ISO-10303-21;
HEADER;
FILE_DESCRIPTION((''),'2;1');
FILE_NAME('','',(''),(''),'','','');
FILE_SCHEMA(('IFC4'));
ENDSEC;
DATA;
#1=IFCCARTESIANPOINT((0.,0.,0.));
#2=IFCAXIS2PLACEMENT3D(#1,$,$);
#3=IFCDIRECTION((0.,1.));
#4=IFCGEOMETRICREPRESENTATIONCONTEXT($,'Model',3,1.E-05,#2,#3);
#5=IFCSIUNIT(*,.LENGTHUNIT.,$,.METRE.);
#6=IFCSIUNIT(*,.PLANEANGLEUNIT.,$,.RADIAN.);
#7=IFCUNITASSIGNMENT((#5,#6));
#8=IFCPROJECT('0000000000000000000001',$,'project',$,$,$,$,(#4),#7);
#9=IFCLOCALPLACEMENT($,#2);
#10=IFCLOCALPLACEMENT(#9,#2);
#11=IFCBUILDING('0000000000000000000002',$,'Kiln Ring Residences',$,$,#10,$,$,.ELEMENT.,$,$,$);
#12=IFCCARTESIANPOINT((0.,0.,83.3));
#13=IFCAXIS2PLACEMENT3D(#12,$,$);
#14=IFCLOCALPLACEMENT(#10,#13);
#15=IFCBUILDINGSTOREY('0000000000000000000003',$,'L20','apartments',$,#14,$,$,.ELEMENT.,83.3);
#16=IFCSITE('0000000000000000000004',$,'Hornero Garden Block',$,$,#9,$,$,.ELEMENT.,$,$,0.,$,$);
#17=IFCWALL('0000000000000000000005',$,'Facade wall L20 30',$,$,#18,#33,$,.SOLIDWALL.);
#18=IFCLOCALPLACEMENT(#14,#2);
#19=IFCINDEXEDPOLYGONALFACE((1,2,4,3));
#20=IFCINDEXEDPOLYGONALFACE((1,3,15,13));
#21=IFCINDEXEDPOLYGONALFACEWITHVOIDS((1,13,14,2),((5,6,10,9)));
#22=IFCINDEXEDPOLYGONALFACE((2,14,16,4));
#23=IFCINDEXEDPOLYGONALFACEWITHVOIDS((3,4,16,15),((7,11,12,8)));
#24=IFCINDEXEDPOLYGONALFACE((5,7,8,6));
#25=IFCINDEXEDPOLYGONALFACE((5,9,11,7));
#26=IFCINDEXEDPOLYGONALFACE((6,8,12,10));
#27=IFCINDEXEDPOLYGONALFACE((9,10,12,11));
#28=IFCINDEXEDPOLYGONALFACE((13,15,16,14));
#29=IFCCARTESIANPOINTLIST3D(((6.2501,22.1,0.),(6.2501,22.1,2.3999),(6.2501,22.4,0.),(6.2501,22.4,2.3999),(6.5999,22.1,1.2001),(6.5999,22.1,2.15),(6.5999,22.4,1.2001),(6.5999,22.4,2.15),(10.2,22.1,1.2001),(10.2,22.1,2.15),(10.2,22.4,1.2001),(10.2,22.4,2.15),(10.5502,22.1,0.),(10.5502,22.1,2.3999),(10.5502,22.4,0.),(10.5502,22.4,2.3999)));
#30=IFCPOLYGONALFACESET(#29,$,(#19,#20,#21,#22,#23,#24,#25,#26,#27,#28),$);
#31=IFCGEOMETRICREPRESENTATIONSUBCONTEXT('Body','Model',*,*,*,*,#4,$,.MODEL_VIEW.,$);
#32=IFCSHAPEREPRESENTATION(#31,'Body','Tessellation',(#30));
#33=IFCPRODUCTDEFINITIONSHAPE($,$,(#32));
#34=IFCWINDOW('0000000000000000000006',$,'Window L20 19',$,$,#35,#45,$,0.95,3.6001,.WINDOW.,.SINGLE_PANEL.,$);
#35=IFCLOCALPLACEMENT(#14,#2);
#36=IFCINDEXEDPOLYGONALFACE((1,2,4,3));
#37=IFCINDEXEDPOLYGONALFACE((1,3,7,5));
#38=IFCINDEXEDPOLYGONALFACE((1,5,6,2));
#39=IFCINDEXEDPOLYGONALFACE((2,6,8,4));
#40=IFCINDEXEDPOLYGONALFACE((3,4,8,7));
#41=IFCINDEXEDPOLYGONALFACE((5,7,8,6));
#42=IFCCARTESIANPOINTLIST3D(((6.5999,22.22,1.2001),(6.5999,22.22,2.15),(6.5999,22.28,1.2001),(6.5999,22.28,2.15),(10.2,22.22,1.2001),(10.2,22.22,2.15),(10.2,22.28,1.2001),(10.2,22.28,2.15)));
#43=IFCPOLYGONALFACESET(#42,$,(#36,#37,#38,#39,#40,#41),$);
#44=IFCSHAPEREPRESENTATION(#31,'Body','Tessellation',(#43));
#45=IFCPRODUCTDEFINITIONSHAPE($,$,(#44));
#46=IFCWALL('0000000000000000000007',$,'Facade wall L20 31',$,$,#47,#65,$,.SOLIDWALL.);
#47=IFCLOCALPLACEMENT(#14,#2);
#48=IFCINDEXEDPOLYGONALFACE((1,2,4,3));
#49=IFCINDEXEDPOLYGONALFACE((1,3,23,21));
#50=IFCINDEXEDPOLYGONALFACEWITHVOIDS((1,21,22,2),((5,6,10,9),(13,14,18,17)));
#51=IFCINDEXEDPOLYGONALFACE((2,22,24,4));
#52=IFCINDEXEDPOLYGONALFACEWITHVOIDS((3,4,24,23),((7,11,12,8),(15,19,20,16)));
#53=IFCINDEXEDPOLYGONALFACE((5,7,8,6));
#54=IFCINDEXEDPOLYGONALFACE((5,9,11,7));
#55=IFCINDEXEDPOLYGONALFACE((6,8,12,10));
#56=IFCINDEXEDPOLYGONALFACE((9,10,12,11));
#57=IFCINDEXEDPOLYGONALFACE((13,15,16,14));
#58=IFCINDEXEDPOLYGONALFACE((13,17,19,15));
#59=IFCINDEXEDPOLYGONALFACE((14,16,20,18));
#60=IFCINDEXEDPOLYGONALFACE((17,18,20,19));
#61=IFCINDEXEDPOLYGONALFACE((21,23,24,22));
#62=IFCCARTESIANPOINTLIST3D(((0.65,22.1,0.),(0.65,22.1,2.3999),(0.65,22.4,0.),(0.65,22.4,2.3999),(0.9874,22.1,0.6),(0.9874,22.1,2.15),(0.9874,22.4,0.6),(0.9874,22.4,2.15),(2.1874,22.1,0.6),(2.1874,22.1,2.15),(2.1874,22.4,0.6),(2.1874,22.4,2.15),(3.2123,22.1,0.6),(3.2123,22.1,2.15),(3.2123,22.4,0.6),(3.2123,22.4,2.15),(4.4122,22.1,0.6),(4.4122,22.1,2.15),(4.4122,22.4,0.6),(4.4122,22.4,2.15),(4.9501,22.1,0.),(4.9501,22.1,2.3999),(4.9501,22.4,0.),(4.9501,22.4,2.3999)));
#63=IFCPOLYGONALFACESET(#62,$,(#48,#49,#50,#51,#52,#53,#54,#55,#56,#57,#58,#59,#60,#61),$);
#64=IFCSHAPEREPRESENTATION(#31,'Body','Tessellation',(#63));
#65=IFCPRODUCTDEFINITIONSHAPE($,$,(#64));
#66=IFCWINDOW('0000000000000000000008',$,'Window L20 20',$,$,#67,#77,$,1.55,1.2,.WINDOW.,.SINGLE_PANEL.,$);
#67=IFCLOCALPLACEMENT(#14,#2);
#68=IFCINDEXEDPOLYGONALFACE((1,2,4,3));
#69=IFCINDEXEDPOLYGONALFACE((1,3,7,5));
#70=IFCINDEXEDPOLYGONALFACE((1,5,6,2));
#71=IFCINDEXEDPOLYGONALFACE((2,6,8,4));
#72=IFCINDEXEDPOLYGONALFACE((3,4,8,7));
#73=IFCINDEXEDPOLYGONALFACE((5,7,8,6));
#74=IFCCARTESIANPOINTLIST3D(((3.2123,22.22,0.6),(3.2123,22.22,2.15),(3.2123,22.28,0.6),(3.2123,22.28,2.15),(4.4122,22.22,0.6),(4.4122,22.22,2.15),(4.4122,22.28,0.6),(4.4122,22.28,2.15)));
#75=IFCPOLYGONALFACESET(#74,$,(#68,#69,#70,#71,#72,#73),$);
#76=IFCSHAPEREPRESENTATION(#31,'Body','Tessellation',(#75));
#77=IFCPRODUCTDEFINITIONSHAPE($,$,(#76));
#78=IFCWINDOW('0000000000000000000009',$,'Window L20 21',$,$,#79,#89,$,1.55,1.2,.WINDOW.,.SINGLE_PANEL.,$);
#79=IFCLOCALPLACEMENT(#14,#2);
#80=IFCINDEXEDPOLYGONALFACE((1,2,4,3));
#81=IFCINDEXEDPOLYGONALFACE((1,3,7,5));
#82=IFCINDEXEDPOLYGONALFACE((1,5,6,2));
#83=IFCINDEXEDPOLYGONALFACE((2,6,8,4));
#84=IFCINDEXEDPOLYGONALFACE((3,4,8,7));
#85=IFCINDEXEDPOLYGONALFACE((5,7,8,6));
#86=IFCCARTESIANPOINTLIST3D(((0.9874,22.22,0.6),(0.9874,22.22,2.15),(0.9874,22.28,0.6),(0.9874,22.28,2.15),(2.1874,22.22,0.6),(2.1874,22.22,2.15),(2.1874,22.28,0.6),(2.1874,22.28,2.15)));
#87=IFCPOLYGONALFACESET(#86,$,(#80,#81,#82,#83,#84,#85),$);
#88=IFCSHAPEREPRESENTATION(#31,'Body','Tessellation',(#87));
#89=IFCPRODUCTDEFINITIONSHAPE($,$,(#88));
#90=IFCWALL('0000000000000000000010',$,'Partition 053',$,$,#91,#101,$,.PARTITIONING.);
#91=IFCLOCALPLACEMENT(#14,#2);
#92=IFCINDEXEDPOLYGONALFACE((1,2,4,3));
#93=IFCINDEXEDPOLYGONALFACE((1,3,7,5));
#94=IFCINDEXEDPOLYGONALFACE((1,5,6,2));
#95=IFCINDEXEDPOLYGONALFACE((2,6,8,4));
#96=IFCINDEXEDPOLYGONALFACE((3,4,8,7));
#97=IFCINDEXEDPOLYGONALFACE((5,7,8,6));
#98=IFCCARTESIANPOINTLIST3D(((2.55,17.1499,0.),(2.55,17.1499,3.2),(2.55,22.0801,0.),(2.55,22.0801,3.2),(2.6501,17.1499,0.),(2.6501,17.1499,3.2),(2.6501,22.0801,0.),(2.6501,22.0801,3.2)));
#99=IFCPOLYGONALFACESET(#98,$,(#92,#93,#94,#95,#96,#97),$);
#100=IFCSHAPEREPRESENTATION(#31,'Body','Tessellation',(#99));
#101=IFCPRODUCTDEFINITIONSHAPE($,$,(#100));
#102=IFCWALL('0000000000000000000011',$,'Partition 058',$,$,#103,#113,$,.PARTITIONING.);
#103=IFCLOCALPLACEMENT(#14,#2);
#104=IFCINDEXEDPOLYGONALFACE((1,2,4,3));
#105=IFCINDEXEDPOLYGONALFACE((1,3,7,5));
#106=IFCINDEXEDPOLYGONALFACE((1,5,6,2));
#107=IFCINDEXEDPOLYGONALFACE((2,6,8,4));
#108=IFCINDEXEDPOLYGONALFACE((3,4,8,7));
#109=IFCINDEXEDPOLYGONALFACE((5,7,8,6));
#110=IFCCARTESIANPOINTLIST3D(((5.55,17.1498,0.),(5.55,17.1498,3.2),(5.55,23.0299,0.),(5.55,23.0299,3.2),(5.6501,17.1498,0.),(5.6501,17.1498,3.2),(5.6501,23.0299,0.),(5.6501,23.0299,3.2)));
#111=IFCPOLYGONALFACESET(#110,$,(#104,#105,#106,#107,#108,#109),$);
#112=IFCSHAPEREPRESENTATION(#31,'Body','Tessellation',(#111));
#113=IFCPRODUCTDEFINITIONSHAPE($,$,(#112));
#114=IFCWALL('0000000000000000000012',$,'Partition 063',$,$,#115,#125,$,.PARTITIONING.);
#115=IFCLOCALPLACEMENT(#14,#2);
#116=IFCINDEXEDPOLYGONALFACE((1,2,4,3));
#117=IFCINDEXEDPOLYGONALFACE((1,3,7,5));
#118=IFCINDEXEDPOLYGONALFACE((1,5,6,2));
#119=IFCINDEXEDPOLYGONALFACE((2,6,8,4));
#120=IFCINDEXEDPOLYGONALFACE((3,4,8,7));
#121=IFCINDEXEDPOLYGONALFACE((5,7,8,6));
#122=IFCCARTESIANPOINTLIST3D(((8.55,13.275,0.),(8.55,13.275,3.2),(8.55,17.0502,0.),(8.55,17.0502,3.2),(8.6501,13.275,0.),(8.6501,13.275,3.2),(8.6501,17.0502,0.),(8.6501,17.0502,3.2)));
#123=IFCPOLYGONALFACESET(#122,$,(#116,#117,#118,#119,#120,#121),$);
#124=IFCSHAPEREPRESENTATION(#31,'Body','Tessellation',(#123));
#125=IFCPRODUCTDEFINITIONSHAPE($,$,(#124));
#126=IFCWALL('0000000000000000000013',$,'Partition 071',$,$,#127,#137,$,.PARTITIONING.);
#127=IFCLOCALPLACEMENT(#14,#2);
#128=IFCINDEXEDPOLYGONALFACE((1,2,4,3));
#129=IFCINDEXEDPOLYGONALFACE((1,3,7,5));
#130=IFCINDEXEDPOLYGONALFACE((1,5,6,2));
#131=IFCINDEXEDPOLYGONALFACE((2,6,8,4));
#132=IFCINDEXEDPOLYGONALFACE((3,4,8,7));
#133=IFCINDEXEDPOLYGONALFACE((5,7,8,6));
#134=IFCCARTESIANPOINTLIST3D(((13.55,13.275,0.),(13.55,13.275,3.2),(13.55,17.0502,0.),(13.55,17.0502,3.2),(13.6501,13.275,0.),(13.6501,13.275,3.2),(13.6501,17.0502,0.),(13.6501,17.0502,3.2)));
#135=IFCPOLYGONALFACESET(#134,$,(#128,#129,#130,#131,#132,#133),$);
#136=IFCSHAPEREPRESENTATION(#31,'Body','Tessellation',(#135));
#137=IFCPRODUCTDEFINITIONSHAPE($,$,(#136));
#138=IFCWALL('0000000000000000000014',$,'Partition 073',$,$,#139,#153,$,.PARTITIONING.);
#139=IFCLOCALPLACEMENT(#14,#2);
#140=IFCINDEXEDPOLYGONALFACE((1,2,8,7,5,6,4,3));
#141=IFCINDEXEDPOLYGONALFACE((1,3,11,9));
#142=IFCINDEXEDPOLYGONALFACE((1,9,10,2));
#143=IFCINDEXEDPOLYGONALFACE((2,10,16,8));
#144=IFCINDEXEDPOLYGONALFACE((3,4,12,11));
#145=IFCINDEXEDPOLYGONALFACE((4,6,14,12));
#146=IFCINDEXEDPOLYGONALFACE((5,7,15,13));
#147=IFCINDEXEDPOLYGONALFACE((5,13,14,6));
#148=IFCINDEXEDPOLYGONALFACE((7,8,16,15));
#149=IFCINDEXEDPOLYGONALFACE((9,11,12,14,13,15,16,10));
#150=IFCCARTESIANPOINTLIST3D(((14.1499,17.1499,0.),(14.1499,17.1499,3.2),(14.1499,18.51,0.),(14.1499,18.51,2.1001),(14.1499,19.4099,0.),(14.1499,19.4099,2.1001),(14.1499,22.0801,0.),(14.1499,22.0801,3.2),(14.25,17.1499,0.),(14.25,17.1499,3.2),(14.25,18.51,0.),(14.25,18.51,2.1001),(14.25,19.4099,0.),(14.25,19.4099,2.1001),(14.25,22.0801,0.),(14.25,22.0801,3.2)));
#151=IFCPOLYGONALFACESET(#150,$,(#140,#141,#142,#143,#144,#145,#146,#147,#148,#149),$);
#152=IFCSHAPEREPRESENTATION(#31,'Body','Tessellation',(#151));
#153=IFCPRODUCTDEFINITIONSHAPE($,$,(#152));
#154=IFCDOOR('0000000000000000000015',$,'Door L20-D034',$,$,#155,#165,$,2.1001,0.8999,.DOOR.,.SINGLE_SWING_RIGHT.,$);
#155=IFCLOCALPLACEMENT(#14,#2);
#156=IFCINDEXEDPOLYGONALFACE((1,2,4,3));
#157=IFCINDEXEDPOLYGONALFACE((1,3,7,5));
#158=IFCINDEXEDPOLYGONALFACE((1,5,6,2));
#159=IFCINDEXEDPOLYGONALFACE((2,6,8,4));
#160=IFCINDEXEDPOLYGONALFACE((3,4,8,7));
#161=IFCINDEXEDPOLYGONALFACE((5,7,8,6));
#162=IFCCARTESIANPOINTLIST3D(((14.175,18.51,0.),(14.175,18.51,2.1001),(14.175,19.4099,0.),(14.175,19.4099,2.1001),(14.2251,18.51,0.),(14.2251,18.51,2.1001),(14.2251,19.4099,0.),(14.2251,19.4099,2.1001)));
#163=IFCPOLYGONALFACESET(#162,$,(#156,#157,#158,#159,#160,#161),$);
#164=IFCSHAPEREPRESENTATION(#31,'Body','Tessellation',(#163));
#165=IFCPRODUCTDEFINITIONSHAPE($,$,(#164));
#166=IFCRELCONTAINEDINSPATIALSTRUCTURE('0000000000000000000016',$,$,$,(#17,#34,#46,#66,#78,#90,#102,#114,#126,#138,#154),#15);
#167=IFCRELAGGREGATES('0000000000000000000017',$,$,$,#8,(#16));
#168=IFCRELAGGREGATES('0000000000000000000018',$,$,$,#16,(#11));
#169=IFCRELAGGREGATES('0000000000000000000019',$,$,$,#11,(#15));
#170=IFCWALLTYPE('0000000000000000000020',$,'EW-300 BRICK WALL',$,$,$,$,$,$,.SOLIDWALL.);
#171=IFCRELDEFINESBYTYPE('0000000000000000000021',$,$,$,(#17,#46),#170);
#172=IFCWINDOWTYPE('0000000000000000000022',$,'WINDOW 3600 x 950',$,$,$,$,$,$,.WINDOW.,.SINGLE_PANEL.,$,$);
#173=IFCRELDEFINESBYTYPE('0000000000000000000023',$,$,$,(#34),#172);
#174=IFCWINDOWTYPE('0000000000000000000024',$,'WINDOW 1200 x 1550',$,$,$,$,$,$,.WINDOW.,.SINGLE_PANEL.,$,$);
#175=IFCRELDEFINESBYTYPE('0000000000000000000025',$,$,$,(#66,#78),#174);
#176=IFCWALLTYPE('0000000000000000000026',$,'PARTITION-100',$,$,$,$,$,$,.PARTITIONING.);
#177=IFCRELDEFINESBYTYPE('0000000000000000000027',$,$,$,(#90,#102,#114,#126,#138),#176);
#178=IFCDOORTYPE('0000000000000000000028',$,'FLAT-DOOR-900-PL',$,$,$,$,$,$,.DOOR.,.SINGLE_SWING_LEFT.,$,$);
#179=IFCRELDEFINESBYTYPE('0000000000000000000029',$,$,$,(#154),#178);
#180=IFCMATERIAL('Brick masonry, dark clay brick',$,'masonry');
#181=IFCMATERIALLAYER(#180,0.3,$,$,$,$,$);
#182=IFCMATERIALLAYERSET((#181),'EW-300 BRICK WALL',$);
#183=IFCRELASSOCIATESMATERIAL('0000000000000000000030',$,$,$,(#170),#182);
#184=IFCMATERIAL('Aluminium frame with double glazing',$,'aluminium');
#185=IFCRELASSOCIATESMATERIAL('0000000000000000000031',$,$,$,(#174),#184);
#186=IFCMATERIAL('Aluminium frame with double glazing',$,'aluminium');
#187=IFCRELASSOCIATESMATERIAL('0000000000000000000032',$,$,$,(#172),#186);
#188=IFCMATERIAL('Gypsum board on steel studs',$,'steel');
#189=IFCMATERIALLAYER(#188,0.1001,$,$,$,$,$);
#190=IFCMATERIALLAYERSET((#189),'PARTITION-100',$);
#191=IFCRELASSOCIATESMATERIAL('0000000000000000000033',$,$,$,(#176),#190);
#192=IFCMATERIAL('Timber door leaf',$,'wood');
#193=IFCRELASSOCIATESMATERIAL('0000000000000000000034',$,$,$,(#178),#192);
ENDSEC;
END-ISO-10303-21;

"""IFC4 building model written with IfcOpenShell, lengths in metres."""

from ifc_helpers import new_model, si_unit, direction, frame, frame_2d, origin, place, context, subcontext, project, spatial, rectangle, extrude, material, layer, layer_set, type_object, element, fill, save


model = new_model("IFC4")

# Units and contexts
model_context = context("Model", 3, precision=1e-05, world=origin(), true_north=direction((0.0, 1.0)))
body_context = subcontext(model_context, "Body", "Model", "MODEL_VIEW")
ifc_project = project(units=[si_unit("LENGTHUNIT", "METRE"), si_unit("PLANEANGLEUNIT", "RADIAN")], contexts=[model_context])

# Site, building, storey
site_placement = place(None, origin())
site = spatial("IfcSite", under=ifc_project, at=site_placement, Name="Hornero Garden Block", CompositionType="ELEMENT", RefElevation=0.0)
building_placement = place(site_placement, origin())
building = spatial("IfcBuilding", under=site, at=building_placement, Name="Kiln Ring Residences", CompositionType="ELEMENT")
storey_placement = place(building_placement, frame((0.0, 0.0, 83.3)))
storey = spatial("IfcBuildingStorey", under=building, at=storey_placement, Name="L20", Description="apartments", CompositionType="ELEMENT", Elevation=83.3)

# Shared definitions
ifc_material_1 = material(Name="Brick masonry, dark clay brick", Category="masonry")
ifc_layer_1 = layer(ifc_material_1, 0.3)
ifc_layer_set_1 = layer_set([ifc_layer_1], Name="EW-300 BRICK WALL")
wall_type_1 = type_object("IfcWallType", Name="EW-300 BRICK WALL", PredefinedType="SOLIDWALL", material=ifc_layer_set_1)
ifc_material_2 = material(Name="Aluminium frame with double glazing", Category="aluminium")
window_type_1 = type_object("IfcWindowType", Name="WINDOW 1200 x 1550", PartitioningType="SINGLE_PANEL", PredefinedType="WINDOW", material=ifc_material_2)

# Wall, opening, window
wall_1_placement = place(storey_placement, frame((10.55, 22.25, 0.0), z_axis=(0.0, 0.0, 1.0), x_axis=(-1.0, 0.0, 0.0)))
wall_1 = element("IfcWall", 1, at=wall_1_placement, inside=storey, type_object=wall_type_1, Name="Facade wall L20 30", PredefinedType="SOLIDWALL", context=body_context, shape_type="SweptSolid", body=[
    extrude(rectangle(XDim=4.3, YDim=0.3, at=frame_2d((2.1499, 0.0))), origin(), (0.0, 0.0, 1.0), 2.3999),
])
opening_1_placement = place(wall_1_placement, frame((0.3501, 0.0, 1.2)))
opening_1 = element("IfcOpeningElement", 2, at=opening_1_placement, cuts=wall_1, PredefinedType="OPENING", context=body_context, shape_type="SweptSolid", body=[
    extrude(rectangle(XDim=3.6001, YDim=0.95, at=frame_2d((1.8, 0.4751))), frame((0.0, 0.1599, 0.0), z_axis=(0.0, -1.0, 0.0), x_axis=(1.0, 0.0, 0.0)), (0.0, 0.0, 1.0), 0.3201),
])
ifc_material_3 = material(Name="Aluminium frame with double glazing", Category="aluminium")
window_type_2 = type_object("IfcWindowType", Name="WINDOW 3600 x 950", PartitioningType="SINGLE_PANEL", PredefinedType="WINDOW", material=ifc_material_3)
window_1_placement = place(opening_1_placement, origin())
window_1 = element("IfcWindow", 3, at=window_1_placement, inside=storey, type_object=window_type_2, Name="Window L20 19", OverallHeight=0.95, OverallWidth=3.6001, PartitioningType="SINGLE_PANEL", PredefinedType="WINDOW", context=body_context, shape_type="SweptSolid", body=[
    extrude(rectangle(XDim=3.6001, YDim=0.95, at=frame_2d((1.8, 0.4751))), frame((0.0, 0.03, 0.0), z_axis=(0.0, -1.0, 0.0), x_axis=(1.0, 0.0, 0.0)), (0.0, 0.0, 1.0), 0.0601),
])
fill(opening_1, window_1)

# Wall, openings, windows
wall_2_placement = place(storey_placement, frame((4.95, 22.25, 0.0), z_axis=(0.0, 0.0, 1.0), x_axis=(-1.0, 0.0, 0.0)))
wall_2 = element("IfcWall", 4, at=wall_2_placement, inside=storey, type_object=wall_type_1, Name="Facade wall L20 31", PredefinedType="SOLIDWALL", context=body_context, shape_type="SweptSolid", body=[
    extrude(rectangle(XDim=4.3, YDim=0.3, at=frame_2d((2.1499, 0.0))), origin(), (0.0, 0.0, 1.0), 2.3999),
])
opening_2_placement = place(wall_2_placement, frame((0.5376, 0.0, 0.6001)))
opening_2 = element("IfcOpeningElement", 5, at=opening_2_placement, cuts=wall_2, PredefinedType="OPENING", context=body_context, shape_type="SweptSolid", body=[
    extrude(rectangle(XDim=1.2, YDim=1.55, at=frame_2d((0.6001, 0.7749))), frame((0.0, 0.1599, 0.0), z_axis=(0.0, -1.0, 0.0), x_axis=(1.0, 0.0, 0.0)), (0.0, 0.0, 1.0), 0.3201),
])
opening_3_placement = place(wall_2_placement, frame((2.7625, 0.0, 0.6001)))
opening_3 = element("IfcOpeningElement", 6, at=opening_3_placement, cuts=wall_2, PredefinedType="OPENING", context=body_context, shape_type="SweptSolid", body=[
    extrude(rectangle(XDim=1.2, YDim=1.55, at=frame_2d((0.6001, 0.7749))), frame((0.0, 0.1599, 0.0), z_axis=(0.0, -1.0, 0.0), x_axis=(1.0, 0.0, 0.0)), (0.0, 0.0, 1.0), 0.3201),
])
window_2_placement = place(opening_2_placement, origin())
window_2 = element("IfcWindow", 7, at=window_2_placement, inside=storey, type_object=window_type_1, Name="Window L20 20", OverallHeight=1.55, OverallWidth=1.2, PartitioningType="SINGLE_PANEL", PredefinedType="WINDOW", context=body_context, shape_type="SweptSolid", body=[
    extrude(rectangle(XDim=1.2, YDim=1.55, at=frame_2d((0.6001, 0.7749))), frame((0.0, 0.03, 0.0), z_axis=(0.0, -1.0, 0.0), x_axis=(1.0, 0.0, 0.0)), (0.0, 0.0, 1.0), 0.0601),
])
fill(opening_2, window_2)
window_3_placement = place(opening_3_placement, origin())
window_3 = element("IfcWindow", 8, at=window_3_placement, inside=storey, type_object=window_type_1, Name="Window L20 21", OverallHeight=1.55, OverallWidth=1.2, PartitioningType="SINGLE_PANEL", PredefinedType="WINDOW", context=body_context, shape_type="SweptSolid", body=[
    extrude(rectangle(XDim=1.2, YDim=1.55, at=frame_2d((0.6001, 0.7749))), frame((0.0, 0.03, 0.0), z_axis=(0.0, -1.0, 0.0), x_axis=(1.0, 0.0, 0.0)), (0.0, 0.0, 1.0), 0.0601),
])
fill(opening_3, window_3)

# Walls
ifc_material_4 = material(Name="Gypsum board on steel studs", Category="steel")
ifc_layer_2 = layer(ifc_material_4, 0.1001)
ifc_layer_set_2 = layer_set([ifc_layer_2], Name="PARTITION-100")
wall_type_2 = type_object("IfcWallType", Name="PARTITION-100", PredefinedType="PARTITIONING", material=ifc_layer_set_2)
wall_3_placement = place(storey_placement, frame((2.6001, 17.1499, 0.0), z_axis=(0.0, 0.0, 1.0), x_axis=(0.0, 1.0, 0.0)))
element("IfcWall", 9, at=wall_3_placement, inside=storey, type_object=wall_type_2, Name="Partition 053", PredefinedType="PARTITIONING", context=body_context, shape_type="SweptSolid", body=[
    extrude(rectangle(XDim=4.9302, YDim=0.1001, at=frame_2d((2.4651, 0.0))), origin(), (0.0, 0.0, 1.0), 3.2),
])
wall_4_placement = place(storey_placement, frame((5.6001, 17.1499, 0.0), z_axis=(0.0, 0.0, 1.0), x_axis=(0.0, 1.0, 0.0)))
element("IfcWall", 10, at=wall_4_placement, inside=storey, type_object=wall_type_2, Name="Partition 058", PredefinedType="PARTITIONING", context=body_context, shape_type="SweptSolid", body=[
    extrude(rectangle(XDim=5.8801, YDim=0.1001, at=frame_2d((2.9399, 0.0))), origin(), (0.0, 0.0, 1.0), 3.2),
])
for number, where, z_axis, x_axis, name in (
    (11, (8.6001, 13.2749, 0.0), (0.0, 0.0, 1.0), (0.0, 1.0, 0.0), "Partition 063"),
    (12, (13.6001, 13.2749, 0.0), (0.0, 0.0, 1.0), (0.0, 1.0, 0.0), "Partition 071"),
):
    element("IfcWall", number, at=place(storey_placement, frame(where, z_axis=z_axis, x_axis=x_axis)), inside=storey, type_object=wall_type_2, Name=name, PredefinedType="PARTITIONING", context=body_context, shape_type="SweptSolid", body=[
        extrude(rectangle(XDim=3.7751, YDim=0.1001, at=frame_2d((1.8877, 0.0))), origin(), (0.0, 0.0, 1.0), 3.2),
    ])

# Wall, opening, door
wall_5_placement = place(storey_placement, frame((14.2, 17.1499, 0.0), z_axis=(0.0, 0.0, 1.0), x_axis=(0.0, 1.0, 0.0)))
wall_5 = element("IfcWall", 13, at=wall_5_placement, inside=storey, type_object=wall_type_2, Name="Partition 073", PredefinedType="PARTITIONING", context=body_context, shape_type="SweptSolid", body=[
    extrude(rectangle(XDim=4.9302, YDim=0.1001, at=frame_2d((2.4651, 0.0))), origin(), (0.0, 0.0, 1.0), 3.2),
])
opening_4_placement = place(wall_5_placement, frame((1.3601, 0.0, 0.0)))
opening_4 = element("IfcOpeningElement", 14, at=opening_4_placement, cuts=wall_5, PredefinedType="OPENING", context=body_context, shape_type="SweptSolid", body=[
    extrude(rectangle(XDim=0.8999, YDim=2.1001, at=frame_2d((0.45, 1.05))), frame((0.0, 0.0601, 0.0), z_axis=(0.0, -1.0, 0.0), x_axis=(1.0, 0.0, 0.0)), (0.0, 0.0, 1.0), 0.1201),
])
ifc_material_5 = material(Name="Timber door leaf", Category="wood")
door_type_1 = type_object("IfcDoorType", Name="FLAT-DOOR-900-PL", OperationType="SINGLE_SWING_LEFT", PredefinedType="DOOR", material=ifc_material_5)
door_1_placement = place(opening_4_placement, origin())
door_1 = element("IfcDoor", 15, at=door_1_placement, inside=storey, type_object=door_type_1, Name="Door L20-D034", OperationType="SINGLE_SWING_RIGHT", OverallHeight=2.1001, OverallWidth=0.8999, PredefinedType="DOOR", context=body_context, shape_type="SweptSolid", body=[
    extrude(rectangle(XDim=0.8999, YDim=2.1001, at=frame_2d((0.45, 1.05))), frame((0.0, 0.0249, 0.0), z_axis=(0.0, -1.0, 0.0), x_axis=(1.0, 0.0, 0.0)), (0.0, 0.0, 1.0), 0.05),
])
fill(opening_4, door_1)

save(model, "model.ifc")
